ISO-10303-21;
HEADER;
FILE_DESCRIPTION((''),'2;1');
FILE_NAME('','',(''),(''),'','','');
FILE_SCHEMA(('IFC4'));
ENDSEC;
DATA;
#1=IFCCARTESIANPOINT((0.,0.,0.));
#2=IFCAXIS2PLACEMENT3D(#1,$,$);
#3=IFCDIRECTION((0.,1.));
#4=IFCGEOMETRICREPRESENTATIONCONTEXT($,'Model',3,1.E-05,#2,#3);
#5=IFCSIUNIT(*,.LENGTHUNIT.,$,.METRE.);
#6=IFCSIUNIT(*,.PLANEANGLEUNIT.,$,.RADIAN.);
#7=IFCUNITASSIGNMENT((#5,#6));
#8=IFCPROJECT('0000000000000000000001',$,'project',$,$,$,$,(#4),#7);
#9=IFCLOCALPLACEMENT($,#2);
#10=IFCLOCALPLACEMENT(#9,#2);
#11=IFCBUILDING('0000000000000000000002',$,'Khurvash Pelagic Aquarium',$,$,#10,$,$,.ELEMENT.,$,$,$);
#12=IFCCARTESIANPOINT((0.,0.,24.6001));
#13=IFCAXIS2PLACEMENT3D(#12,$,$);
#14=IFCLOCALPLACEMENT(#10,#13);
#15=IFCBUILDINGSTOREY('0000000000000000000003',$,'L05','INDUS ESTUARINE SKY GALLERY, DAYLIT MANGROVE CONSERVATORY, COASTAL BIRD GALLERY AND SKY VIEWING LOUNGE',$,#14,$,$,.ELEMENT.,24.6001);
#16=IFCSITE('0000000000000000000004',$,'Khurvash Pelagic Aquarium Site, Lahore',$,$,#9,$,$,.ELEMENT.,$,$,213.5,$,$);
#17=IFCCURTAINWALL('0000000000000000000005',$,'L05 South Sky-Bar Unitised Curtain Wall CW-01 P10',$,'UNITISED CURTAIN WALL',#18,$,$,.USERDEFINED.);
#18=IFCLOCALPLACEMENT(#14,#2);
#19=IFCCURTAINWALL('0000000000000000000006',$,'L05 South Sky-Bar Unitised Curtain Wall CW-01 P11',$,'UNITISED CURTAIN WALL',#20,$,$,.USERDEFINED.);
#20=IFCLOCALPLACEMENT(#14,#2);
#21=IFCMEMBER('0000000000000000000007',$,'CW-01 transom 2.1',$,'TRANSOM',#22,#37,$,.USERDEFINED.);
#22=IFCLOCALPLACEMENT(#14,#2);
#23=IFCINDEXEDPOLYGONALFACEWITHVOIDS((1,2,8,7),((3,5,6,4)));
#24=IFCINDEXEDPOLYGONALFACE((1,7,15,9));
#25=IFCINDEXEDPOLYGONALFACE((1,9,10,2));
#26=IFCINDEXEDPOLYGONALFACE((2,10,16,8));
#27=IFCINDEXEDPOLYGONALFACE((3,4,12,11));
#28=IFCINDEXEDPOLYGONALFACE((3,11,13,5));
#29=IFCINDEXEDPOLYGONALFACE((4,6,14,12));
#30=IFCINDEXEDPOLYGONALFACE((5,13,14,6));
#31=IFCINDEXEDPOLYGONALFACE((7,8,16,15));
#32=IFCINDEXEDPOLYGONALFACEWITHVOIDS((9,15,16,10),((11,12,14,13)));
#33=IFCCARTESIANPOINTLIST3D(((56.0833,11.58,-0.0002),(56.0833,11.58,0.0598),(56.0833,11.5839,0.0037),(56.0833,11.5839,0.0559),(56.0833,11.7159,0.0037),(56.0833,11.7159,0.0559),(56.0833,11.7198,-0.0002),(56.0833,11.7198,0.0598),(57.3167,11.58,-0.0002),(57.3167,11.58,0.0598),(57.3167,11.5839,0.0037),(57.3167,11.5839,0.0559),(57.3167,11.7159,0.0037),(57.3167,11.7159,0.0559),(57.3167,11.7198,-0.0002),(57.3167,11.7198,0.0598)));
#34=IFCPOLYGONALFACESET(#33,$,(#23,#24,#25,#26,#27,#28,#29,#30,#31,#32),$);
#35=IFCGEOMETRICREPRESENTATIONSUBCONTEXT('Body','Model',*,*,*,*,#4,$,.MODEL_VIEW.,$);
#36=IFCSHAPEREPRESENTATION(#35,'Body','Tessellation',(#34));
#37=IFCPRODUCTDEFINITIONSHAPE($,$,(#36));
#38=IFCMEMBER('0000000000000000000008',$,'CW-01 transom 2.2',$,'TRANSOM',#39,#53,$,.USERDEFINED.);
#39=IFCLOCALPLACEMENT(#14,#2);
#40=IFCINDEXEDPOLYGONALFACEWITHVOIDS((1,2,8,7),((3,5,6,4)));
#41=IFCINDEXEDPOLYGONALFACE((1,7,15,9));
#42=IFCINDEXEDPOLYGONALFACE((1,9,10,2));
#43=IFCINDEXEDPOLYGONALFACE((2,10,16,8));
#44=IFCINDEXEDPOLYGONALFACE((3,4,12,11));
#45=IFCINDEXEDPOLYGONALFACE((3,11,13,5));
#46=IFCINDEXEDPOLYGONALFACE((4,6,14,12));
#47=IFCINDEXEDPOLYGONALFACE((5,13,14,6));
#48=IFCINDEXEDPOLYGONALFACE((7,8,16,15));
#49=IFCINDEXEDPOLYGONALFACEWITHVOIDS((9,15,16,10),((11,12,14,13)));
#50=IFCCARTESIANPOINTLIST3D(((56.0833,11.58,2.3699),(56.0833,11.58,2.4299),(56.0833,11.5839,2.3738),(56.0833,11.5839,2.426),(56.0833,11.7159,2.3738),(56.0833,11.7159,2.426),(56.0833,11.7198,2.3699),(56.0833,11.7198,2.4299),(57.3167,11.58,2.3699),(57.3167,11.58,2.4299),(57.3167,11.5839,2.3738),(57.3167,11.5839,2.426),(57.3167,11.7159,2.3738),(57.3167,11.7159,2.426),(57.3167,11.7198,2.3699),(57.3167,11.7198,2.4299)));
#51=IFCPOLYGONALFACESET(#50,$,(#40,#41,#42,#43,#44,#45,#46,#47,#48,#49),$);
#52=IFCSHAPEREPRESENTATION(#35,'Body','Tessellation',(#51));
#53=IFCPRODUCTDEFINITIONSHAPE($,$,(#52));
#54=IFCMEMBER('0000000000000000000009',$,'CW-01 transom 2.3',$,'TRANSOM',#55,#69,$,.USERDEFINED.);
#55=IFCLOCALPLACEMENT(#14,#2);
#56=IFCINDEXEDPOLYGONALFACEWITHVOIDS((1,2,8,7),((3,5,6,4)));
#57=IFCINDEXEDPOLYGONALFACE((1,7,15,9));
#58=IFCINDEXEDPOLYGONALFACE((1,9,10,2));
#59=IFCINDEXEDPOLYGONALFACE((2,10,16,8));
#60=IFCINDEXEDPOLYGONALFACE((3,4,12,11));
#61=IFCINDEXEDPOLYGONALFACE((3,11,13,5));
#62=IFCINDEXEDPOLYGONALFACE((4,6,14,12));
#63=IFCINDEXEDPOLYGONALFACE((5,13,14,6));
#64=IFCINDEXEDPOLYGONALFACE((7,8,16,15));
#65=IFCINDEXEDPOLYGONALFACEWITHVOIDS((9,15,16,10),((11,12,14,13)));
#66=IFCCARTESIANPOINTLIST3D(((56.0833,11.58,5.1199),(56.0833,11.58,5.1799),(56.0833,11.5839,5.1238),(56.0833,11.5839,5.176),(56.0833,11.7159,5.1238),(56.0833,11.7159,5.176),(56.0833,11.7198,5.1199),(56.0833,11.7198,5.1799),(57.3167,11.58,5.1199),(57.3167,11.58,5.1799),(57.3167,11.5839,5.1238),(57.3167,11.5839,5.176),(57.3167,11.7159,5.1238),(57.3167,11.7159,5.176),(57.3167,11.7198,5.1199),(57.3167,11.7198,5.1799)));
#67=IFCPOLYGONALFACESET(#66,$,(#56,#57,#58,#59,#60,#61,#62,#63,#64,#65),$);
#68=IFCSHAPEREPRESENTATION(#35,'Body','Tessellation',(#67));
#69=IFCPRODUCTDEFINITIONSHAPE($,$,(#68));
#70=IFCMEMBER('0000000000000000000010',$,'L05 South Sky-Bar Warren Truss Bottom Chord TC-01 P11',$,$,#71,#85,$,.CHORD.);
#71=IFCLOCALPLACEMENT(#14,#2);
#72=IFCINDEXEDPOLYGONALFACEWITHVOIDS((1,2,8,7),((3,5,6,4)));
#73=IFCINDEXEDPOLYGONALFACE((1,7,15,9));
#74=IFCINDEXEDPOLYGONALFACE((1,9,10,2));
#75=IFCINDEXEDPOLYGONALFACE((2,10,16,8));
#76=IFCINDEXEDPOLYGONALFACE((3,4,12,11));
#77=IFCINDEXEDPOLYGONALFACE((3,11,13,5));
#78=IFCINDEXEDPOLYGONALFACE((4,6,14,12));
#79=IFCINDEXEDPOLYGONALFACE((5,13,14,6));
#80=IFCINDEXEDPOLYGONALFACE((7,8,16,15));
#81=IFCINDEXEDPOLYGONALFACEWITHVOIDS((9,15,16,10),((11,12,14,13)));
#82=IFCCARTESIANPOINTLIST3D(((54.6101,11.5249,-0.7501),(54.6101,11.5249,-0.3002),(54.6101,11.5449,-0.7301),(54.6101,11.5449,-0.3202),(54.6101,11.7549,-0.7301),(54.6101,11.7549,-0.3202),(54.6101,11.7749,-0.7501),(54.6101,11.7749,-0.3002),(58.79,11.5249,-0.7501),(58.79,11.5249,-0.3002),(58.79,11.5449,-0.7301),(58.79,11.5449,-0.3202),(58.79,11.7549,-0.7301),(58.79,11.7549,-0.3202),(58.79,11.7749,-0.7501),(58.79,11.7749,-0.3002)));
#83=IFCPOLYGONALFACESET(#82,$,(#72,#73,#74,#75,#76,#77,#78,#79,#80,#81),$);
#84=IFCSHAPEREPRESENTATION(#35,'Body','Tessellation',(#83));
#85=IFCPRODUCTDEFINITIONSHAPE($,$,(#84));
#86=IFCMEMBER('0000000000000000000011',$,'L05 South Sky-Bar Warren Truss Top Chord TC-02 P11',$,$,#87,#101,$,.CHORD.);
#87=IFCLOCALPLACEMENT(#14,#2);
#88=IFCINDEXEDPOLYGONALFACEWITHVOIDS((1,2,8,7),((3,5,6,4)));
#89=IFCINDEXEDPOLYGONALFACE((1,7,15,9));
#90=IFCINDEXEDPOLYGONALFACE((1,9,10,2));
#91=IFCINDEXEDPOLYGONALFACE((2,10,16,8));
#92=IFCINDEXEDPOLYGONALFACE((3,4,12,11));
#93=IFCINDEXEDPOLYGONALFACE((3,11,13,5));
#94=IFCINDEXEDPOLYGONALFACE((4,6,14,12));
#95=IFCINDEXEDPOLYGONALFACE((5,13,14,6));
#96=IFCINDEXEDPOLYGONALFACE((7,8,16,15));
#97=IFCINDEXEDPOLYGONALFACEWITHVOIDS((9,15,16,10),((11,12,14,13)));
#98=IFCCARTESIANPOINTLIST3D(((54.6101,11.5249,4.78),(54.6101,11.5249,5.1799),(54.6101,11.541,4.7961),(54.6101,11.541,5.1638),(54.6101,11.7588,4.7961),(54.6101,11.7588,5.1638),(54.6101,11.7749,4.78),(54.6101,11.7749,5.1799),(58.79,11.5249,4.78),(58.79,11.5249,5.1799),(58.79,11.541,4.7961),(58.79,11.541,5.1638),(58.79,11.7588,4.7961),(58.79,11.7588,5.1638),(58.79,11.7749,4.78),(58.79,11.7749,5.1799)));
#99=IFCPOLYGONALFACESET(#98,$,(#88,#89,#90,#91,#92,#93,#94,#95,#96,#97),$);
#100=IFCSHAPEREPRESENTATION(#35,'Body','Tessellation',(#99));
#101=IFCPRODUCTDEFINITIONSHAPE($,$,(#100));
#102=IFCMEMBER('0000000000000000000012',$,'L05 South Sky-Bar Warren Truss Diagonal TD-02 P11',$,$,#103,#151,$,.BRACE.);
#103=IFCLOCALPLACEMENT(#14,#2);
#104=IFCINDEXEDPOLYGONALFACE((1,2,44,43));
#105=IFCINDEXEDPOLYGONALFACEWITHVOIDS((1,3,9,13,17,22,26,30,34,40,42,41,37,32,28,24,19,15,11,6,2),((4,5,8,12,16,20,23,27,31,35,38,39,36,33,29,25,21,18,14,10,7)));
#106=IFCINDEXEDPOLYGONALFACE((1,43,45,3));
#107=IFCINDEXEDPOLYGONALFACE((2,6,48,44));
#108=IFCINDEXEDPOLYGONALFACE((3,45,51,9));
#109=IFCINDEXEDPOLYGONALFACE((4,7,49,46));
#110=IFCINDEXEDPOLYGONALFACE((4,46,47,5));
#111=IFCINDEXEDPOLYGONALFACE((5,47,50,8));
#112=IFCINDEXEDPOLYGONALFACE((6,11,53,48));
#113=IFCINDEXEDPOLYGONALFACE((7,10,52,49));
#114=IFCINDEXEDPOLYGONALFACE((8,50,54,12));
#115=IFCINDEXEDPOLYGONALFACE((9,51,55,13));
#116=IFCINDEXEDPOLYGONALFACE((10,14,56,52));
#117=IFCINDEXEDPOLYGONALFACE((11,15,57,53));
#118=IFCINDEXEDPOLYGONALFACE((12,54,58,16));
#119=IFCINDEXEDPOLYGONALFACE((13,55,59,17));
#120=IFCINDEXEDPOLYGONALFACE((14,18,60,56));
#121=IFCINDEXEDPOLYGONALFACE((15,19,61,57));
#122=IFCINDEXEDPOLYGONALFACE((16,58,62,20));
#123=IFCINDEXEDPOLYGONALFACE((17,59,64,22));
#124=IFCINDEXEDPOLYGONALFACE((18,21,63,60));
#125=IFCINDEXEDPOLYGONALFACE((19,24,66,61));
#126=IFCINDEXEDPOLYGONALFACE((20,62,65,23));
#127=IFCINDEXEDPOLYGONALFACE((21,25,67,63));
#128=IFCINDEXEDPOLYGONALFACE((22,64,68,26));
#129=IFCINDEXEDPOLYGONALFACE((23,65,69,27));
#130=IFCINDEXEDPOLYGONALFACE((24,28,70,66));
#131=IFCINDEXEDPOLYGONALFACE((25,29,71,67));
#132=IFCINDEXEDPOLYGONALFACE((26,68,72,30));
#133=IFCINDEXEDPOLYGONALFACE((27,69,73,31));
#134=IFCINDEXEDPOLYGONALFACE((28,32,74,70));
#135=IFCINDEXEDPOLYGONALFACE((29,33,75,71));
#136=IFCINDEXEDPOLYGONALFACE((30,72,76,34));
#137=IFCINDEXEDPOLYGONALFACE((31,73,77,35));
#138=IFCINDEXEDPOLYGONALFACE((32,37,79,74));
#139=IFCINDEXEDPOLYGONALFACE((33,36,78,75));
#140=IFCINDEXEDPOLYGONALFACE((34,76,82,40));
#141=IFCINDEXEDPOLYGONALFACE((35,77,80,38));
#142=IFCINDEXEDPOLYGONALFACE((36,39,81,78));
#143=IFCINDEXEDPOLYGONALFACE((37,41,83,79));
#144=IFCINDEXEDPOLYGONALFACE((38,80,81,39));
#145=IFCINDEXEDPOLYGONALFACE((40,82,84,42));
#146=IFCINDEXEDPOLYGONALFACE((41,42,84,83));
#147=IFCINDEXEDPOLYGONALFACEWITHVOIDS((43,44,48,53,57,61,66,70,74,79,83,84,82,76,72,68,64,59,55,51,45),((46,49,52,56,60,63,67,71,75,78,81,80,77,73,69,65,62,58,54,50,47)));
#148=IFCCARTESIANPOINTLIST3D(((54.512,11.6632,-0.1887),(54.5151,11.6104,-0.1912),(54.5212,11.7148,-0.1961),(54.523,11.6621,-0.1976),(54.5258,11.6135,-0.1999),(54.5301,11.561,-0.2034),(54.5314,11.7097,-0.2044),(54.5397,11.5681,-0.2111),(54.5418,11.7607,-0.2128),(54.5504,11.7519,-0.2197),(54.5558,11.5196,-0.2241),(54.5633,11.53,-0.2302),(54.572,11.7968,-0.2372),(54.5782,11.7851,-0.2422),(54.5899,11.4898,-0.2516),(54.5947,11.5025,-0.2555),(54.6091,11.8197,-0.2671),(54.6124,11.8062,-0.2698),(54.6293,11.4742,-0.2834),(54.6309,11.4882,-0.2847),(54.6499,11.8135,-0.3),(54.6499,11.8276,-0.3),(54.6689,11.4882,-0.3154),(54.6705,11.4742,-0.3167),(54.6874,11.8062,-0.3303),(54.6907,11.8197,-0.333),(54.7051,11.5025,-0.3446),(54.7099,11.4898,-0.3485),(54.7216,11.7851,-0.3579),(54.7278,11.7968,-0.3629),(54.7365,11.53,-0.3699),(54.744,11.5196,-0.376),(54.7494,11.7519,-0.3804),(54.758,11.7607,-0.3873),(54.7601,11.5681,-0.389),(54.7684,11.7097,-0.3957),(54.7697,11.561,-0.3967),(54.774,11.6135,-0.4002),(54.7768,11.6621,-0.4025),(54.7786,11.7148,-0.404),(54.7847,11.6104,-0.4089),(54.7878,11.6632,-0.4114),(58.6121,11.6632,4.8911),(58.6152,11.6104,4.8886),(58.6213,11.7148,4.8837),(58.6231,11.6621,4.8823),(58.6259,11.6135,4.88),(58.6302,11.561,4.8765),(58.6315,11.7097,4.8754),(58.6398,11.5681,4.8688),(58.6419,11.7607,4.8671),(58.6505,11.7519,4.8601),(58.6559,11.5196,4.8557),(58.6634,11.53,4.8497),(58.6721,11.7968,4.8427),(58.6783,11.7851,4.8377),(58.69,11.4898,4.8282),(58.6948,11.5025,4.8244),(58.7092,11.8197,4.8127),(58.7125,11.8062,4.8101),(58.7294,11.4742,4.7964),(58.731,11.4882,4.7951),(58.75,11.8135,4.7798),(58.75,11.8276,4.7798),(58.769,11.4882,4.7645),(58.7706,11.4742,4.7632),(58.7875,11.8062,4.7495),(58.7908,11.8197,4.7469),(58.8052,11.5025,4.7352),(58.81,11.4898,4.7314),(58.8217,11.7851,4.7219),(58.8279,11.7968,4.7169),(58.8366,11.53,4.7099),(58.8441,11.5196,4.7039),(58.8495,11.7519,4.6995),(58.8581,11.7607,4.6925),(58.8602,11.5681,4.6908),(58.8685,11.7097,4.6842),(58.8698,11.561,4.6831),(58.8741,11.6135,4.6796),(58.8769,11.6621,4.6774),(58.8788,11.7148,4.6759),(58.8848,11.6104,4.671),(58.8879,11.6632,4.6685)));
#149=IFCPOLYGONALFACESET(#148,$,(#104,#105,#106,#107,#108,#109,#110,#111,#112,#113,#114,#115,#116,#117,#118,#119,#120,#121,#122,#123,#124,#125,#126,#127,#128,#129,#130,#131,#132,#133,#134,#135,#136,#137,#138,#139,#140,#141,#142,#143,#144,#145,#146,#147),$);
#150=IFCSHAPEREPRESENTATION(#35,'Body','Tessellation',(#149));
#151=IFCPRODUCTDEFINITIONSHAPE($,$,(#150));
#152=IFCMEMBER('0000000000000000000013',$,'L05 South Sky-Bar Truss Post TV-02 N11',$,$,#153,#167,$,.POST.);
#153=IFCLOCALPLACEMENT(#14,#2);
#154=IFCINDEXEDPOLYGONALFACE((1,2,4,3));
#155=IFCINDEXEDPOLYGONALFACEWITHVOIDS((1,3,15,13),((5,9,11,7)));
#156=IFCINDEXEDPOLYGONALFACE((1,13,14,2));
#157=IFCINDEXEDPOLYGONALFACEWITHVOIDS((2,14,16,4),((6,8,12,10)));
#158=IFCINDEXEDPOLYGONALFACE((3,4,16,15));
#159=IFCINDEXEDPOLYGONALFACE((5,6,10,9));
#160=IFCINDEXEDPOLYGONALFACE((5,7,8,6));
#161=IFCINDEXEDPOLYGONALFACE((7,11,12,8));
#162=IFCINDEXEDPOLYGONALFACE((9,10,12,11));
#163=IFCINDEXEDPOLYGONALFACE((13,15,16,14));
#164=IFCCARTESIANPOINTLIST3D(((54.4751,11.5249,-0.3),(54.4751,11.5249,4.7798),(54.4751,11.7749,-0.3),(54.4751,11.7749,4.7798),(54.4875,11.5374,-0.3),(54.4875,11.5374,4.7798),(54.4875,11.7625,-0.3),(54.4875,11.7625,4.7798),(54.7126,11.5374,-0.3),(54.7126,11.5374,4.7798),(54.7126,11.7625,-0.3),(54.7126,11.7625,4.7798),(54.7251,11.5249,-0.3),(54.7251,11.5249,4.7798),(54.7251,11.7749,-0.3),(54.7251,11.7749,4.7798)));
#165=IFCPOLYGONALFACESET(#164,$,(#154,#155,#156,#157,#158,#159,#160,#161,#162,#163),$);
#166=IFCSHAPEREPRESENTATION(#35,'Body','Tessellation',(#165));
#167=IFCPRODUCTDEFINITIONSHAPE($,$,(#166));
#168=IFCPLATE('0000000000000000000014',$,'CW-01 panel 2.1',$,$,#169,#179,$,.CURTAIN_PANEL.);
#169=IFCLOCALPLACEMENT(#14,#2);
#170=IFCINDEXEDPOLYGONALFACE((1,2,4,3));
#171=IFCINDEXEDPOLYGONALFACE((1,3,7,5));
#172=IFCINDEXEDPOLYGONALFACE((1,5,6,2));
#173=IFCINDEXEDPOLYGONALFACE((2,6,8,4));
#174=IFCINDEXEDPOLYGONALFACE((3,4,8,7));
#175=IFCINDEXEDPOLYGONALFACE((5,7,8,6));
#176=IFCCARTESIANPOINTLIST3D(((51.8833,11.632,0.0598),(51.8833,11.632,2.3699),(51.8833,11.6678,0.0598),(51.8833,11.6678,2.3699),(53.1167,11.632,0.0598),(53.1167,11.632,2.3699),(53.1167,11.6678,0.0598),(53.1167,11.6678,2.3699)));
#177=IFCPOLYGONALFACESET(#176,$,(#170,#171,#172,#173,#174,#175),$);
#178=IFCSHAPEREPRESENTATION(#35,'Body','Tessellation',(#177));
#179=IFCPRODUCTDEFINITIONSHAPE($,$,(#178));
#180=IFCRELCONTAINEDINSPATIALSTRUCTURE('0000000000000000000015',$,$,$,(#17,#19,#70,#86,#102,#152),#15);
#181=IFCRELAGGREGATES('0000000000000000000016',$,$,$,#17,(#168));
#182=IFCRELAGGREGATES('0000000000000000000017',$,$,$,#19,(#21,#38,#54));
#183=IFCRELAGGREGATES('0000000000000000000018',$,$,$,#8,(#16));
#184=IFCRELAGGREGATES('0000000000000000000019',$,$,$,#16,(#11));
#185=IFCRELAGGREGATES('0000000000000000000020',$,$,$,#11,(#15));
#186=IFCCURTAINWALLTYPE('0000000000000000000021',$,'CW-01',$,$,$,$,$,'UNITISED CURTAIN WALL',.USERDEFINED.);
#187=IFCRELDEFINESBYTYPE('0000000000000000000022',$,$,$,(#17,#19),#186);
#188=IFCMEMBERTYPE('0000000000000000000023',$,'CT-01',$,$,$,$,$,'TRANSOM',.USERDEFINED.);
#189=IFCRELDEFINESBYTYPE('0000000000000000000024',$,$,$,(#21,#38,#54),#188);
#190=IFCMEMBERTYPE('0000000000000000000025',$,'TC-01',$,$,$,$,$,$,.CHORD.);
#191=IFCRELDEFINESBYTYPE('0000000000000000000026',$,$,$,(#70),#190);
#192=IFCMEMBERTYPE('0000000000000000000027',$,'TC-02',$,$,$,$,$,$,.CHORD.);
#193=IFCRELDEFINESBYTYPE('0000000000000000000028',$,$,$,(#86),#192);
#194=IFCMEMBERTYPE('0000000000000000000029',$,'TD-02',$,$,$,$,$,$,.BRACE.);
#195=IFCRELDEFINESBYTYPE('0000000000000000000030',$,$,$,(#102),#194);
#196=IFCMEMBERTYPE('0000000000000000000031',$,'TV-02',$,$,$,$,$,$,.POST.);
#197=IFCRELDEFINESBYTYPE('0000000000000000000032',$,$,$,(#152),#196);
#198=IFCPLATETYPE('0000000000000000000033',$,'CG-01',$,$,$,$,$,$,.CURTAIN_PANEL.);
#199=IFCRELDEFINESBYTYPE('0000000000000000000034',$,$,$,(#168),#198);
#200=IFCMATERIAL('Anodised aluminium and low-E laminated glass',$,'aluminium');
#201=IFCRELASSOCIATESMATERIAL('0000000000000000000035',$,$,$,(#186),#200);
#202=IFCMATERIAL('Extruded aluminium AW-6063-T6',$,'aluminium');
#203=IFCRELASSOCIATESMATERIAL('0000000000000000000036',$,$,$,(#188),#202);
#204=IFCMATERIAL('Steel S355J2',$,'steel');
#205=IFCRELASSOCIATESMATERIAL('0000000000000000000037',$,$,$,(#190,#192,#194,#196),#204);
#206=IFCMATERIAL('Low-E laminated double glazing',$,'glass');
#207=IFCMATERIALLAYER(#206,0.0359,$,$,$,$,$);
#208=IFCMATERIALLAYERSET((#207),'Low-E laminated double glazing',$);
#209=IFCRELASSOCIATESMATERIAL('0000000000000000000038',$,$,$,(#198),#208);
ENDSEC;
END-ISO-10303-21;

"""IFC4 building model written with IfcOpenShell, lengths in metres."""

from ifc_helpers import new_model, si_unit, direction, frame, origin, origin_2d, place, context, subcontext, project, spatial, rectangle, hollow_rectangle, hollow_circle, extrude, material, layer, layer_set, material_profile, profile_set, type_object, element, aggregate, save


model = new_model("IFC4")

# Units and contexts
model_context = context("Model", 3, precision=1e-05, world=origin(), true_north=direction((0.0, 1.0)))
body_context = subcontext(model_context, "Body", "Model", "MODEL_VIEW")
ifc_project = project(units=[si_unit("LENGTHUNIT", "METRE"), si_unit("PLANEANGLEUNIT", "RADIAN")], contexts=[model_context])

# Site, building, storey
site_placement = place(None, origin())
site = spatial("IfcSite", under=ifc_project, at=site_placement, Name="Khurvash Pelagic Aquarium Site, Lahore", CompositionType="ELEMENT", RefElevation=213.5)
building_placement = place(site_placement, origin())
building = spatial("IfcBuilding", under=site, at=building_placement, Name="Khurvash Pelagic Aquarium", CompositionType="ELEMENT")
storey_placement = place(building_placement, frame((0.0, 0.0, 24.6001)))
storey = spatial("IfcBuildingStorey", under=building, at=storey_placement, Name="L05", Description="INDUS ESTUARINE SKY GALLERY, DAYLIT MANGROVE CONSERVATORY, COASTAL BIRD GALLERY AND SKY VIEWING LOUNGE", CompositionType="ELEMENT", Elevation=24.6001)

# Curtain walls
ifc_material_1 = material(Name="Anodised aluminium and low-E laminated glass", Category="aluminium")
curtain_wall_type = type_object("IfcCurtainWallType", Name="CW-01", ElementType="UNITISED CURTAIN WALL", PredefinedType="USERDEFINED", material=ifc_material_1)
curtain_wall_1_placement = place(storey_placement, origin())
curtain_wall_1 = element("IfcCurtainWall", 1, at=curtain_wall_1_placement, inside=storey, type_object=curtain_wall_type, Name="L05 South Sky-Bar Unitised Curtain Wall CW-01 P10", ObjectType="UNITISED CURTAIN WALL", PredefinedType="USERDEFINED")
ifc_material_2 = material(Name="Extruded aluminium AW-6063-T6", Category="aluminium")
curtain_wall_2_placement = place(storey_placement, origin())
curtain_wall_2 = element("IfcCurtainWall", 2, at=curtain_wall_2_placement, inside=storey, type_object=curtain_wall_type, Name="L05 South Sky-Bar Unitised Curtain Wall CW-01 P11", ObjectType="UNITISED CURTAIN WALL", PredefinedType="USERDEFINED")

# Members
ifc_material_profile_1 = material_profile(ifc_material_2, hollow_rectangle(XDim=0.1399, YDim=0.0601, WallThickness=0.0039, at=origin_2d()), Name="CWT140X60X4")
ifc_profile_set_1 = profile_set([ifc_material_profile_1], Name="Extruded aluminium AW-6063-T6")
member_type_1 = type_object("IfcMemberType", Name="CT-01", ElementType="TRANSOM", PredefinedType="USERDEFINED", material=ifc_profile_set_1)
member_1_placement = place(storey_placement, frame((56.0833, 11.6499, 0.0298), z_axis=(1.0, 0.0, 0.0), x_axis=(0.0, 1.0, 0.0)))
member_1 = element("IfcMember", 3, at=member_1_placement, type_object=member_type_1, Name="CW-01 transom 2.1", ObjectType="TRANSOM", PredefinedType="USERDEFINED", context=body_context, shape_type="SweptSolid", body=[
    extrude(hollow_rectangle(XDim=0.1399, YDim=0.0601, WallThickness=0.0039, at=origin_2d()), origin(), (0.0, 0.0, 1.0), 1.2334),
])
member_2_placement = place(storey_placement, frame((56.0833, 11.6499, 2.3999), z_axis=(1.0, 0.0, 0.0), x_axis=(0.0, 1.0, 0.0)))
member_2 = element("IfcMember", 4, at=member_2_placement, type_object=member_type_1, Name="CW-01 transom 2.2", ObjectType="TRANSOM", PredefinedType="USERDEFINED", context=body_context, shape_type="SweptSolid", body=[
    extrude(hollow_rectangle(XDim=0.1399, YDim=0.0601, WallThickness=0.0039, at=origin_2d()), origin(), (0.0, 0.0, 1.0), 1.2334),
])
member_3_placement = place(storey_placement, frame((56.0833, 11.6499, 5.1499), z_axis=(1.0, 0.0, 0.0), x_axis=(0.0, 1.0, 0.0)))
member_3 = element("IfcMember", 5, at=member_3_placement, type_object=member_type_1, Name="CW-01 transom 2.3", ObjectType="TRANSOM", PredefinedType="USERDEFINED", context=body_context, shape_type="SweptSolid", body=[
    extrude(hollow_rectangle(XDim=0.1399, YDim=0.0601, WallThickness=0.0039, at=origin_2d()), origin(), (0.0, 0.0, 1.0), 1.2334),
])

# Members
ifc_material_3 = material(Name="Steel S355J2", Category="steel")
ifc_material_profile_2 = material_profile(ifc_material_3, hollow_rectangle(XDim=0.25, YDim=0.45, WallThickness=0.02, at=origin_2d()), Name="RHS450X250X20")
ifc_profile_set_2 = profile_set([ifc_material_profile_2], Name="Steel S355J2")
member_type_2 = type_object("IfcMemberType", Name="TC-01", PredefinedType="CHORD", material=ifc_profile_set_2)
member_4_placement = place(storey_placement, frame((54.6101, 11.6499, -0.5251), z_axis=(1.0, 0.0, 0.0), x_axis=(0.0, 1.0, 0.0)))
element("IfcMember", 6, at=member_4_placement, inside=storey, type_object=member_type_2, Name="L05 South Sky-Bar Warren Truss Bottom Chord TC-01 P11", PredefinedType="CHORD", context=body_context, shape_type="SweptSolid", body=[
    extrude(hollow_rectangle(XDim=0.25, YDim=0.45, WallThickness=0.02, at=origin_2d()), origin(), (0.0, 0.0, 1.0), 4.1799),
])
ifc_material_profile_3 = material_profile(ifc_material_3, hollow_rectangle(XDim=0.25, YDim=0.3999, WallThickness=0.0161, at=origin_2d()), Name="RHS400X250X16")
ifc_profile_set_3 = profile_set([ifc_material_profile_3], Name="Steel S355J2")
member_type_3 = type_object("IfcMemberType", Name="TC-02", PredefinedType="CHORD", material=ifc_profile_set_3)
member_5_placement = place(storey_placement, frame((54.6101, 11.6499, 4.98), z_axis=(1.0, 0.0, 0.0), x_axis=(0.0, 1.0, 0.0)))
element("IfcMember", 7, at=member_5_placement, inside=storey, type_object=member_type_3, Name="L05 South Sky-Bar Warren Truss Top Chord TC-02 P11", PredefinedType="CHORD", context=body_context, shape_type="SweptSolid", body=[
    extrude(hollow_rectangle(XDim=0.25, YDim=0.3999, WallThickness=0.0161, at=origin_2d()), origin(), (0.0, 0.0, 1.0), 4.1799),
])
ifc_material_profile_4 = material_profile(ifc_material_3, hollow_circle(Radius=0.1777, WallThickness=0.0142, at=origin_2d()), Name="CHS355X14")
ifc_profile_set_4 = profile_set([ifc_material_profile_4], Name="Steel S355J2")
member_type_4 = type_object("IfcMemberType", Name="TD-02", PredefinedType="BRACE", material=ifc_profile_set_4)
member_6_placement = place(storey_placement, frame((54.6499, 11.6499, -0.3), z_axis=(0.628073, 0.0, 0.778154), x_axis=(0.0, 1.0, 0.0)))
element("IfcMember", 8, at=member_6_placement, inside=storey, type_object=member_type_4, Name="L05 South Sky-Bar Warren Truss Diagonal TD-02 P11", PredefinedType="BRACE", context=body_context, shape_type="SweptSolid", body=[
    extrude(hollow_circle(Radius=0.1777, WallThickness=0.0142, at=origin_2d()), origin(), (0.0, 0.0, 1.0), 6.5281),
])
ifc_material_profile_5 = material_profile(ifc_material_3, hollow_rectangle(XDim=0.25, YDim=0.25, WallThickness=0.0125, at=origin_2d()), Name="SHS250X250X12")
ifc_profile_set_5 = profile_set([ifc_material_profile_5], Name="Steel S355J2")
member_type_5 = type_object("IfcMemberType", Name="TV-02", PredefinedType="POST", material=ifc_profile_set_5)
member_7_placement = place(storey_placement, frame((54.6001, 11.6499, -0.3), z_axis=(0.0, 0.0, 1.0), x_axis=(1.0, 0.0, 0.0)))
element("IfcMember", 9, at=member_7_placement, inside=storey, type_object=member_type_5, Name="L05 South Sky-Bar Truss Post TV-02 N11", PredefinedType="POST", context=body_context, shape_type="SweptSolid", body=[
    extrude(hollow_rectangle(XDim=0.25, YDim=0.25, WallThickness=0.0125, at=origin_2d()), origin(), (0.0, 0.0, 1.0), 5.0798),
])

# Plate
ifc_material_4 = material(Name="Low-E laminated double glazing", Category="glass")
ifc_layer = layer(ifc_material_4, 0.0359)
ifc_layer_set = layer_set([ifc_layer], Name="Low-E laminated double glazing")
plate_type = type_object("IfcPlateType", Name="CG-01", PredefinedType="CURTAIN_PANEL", material=ifc_layer_set)
plate_1_placement = place(storey_placement, frame((52.5, 11.6499, 0.0598), z_axis=(0.0, 0.0, 1.0), x_axis=(1.0, 0.0, 0.0)))
plate_1 = element("IfcPlate", 10, at=plate_1_placement, type_object=plate_type, Name="CW-01 panel 2.1", PredefinedType="CURTAIN_PANEL", context=body_context, shape_type="SweptSolid", body=[
    extrude(rectangle(XDim=1.2334, YDim=0.0359, at=origin_2d()), origin(), (0.0, 0.0, 1.0), 2.3101),
])
aggregate(curtain_wall_1, [plate_1])
aggregate(curtain_wall_2, [member_1, member_2, member_3])

save(model, "model.ifc")
